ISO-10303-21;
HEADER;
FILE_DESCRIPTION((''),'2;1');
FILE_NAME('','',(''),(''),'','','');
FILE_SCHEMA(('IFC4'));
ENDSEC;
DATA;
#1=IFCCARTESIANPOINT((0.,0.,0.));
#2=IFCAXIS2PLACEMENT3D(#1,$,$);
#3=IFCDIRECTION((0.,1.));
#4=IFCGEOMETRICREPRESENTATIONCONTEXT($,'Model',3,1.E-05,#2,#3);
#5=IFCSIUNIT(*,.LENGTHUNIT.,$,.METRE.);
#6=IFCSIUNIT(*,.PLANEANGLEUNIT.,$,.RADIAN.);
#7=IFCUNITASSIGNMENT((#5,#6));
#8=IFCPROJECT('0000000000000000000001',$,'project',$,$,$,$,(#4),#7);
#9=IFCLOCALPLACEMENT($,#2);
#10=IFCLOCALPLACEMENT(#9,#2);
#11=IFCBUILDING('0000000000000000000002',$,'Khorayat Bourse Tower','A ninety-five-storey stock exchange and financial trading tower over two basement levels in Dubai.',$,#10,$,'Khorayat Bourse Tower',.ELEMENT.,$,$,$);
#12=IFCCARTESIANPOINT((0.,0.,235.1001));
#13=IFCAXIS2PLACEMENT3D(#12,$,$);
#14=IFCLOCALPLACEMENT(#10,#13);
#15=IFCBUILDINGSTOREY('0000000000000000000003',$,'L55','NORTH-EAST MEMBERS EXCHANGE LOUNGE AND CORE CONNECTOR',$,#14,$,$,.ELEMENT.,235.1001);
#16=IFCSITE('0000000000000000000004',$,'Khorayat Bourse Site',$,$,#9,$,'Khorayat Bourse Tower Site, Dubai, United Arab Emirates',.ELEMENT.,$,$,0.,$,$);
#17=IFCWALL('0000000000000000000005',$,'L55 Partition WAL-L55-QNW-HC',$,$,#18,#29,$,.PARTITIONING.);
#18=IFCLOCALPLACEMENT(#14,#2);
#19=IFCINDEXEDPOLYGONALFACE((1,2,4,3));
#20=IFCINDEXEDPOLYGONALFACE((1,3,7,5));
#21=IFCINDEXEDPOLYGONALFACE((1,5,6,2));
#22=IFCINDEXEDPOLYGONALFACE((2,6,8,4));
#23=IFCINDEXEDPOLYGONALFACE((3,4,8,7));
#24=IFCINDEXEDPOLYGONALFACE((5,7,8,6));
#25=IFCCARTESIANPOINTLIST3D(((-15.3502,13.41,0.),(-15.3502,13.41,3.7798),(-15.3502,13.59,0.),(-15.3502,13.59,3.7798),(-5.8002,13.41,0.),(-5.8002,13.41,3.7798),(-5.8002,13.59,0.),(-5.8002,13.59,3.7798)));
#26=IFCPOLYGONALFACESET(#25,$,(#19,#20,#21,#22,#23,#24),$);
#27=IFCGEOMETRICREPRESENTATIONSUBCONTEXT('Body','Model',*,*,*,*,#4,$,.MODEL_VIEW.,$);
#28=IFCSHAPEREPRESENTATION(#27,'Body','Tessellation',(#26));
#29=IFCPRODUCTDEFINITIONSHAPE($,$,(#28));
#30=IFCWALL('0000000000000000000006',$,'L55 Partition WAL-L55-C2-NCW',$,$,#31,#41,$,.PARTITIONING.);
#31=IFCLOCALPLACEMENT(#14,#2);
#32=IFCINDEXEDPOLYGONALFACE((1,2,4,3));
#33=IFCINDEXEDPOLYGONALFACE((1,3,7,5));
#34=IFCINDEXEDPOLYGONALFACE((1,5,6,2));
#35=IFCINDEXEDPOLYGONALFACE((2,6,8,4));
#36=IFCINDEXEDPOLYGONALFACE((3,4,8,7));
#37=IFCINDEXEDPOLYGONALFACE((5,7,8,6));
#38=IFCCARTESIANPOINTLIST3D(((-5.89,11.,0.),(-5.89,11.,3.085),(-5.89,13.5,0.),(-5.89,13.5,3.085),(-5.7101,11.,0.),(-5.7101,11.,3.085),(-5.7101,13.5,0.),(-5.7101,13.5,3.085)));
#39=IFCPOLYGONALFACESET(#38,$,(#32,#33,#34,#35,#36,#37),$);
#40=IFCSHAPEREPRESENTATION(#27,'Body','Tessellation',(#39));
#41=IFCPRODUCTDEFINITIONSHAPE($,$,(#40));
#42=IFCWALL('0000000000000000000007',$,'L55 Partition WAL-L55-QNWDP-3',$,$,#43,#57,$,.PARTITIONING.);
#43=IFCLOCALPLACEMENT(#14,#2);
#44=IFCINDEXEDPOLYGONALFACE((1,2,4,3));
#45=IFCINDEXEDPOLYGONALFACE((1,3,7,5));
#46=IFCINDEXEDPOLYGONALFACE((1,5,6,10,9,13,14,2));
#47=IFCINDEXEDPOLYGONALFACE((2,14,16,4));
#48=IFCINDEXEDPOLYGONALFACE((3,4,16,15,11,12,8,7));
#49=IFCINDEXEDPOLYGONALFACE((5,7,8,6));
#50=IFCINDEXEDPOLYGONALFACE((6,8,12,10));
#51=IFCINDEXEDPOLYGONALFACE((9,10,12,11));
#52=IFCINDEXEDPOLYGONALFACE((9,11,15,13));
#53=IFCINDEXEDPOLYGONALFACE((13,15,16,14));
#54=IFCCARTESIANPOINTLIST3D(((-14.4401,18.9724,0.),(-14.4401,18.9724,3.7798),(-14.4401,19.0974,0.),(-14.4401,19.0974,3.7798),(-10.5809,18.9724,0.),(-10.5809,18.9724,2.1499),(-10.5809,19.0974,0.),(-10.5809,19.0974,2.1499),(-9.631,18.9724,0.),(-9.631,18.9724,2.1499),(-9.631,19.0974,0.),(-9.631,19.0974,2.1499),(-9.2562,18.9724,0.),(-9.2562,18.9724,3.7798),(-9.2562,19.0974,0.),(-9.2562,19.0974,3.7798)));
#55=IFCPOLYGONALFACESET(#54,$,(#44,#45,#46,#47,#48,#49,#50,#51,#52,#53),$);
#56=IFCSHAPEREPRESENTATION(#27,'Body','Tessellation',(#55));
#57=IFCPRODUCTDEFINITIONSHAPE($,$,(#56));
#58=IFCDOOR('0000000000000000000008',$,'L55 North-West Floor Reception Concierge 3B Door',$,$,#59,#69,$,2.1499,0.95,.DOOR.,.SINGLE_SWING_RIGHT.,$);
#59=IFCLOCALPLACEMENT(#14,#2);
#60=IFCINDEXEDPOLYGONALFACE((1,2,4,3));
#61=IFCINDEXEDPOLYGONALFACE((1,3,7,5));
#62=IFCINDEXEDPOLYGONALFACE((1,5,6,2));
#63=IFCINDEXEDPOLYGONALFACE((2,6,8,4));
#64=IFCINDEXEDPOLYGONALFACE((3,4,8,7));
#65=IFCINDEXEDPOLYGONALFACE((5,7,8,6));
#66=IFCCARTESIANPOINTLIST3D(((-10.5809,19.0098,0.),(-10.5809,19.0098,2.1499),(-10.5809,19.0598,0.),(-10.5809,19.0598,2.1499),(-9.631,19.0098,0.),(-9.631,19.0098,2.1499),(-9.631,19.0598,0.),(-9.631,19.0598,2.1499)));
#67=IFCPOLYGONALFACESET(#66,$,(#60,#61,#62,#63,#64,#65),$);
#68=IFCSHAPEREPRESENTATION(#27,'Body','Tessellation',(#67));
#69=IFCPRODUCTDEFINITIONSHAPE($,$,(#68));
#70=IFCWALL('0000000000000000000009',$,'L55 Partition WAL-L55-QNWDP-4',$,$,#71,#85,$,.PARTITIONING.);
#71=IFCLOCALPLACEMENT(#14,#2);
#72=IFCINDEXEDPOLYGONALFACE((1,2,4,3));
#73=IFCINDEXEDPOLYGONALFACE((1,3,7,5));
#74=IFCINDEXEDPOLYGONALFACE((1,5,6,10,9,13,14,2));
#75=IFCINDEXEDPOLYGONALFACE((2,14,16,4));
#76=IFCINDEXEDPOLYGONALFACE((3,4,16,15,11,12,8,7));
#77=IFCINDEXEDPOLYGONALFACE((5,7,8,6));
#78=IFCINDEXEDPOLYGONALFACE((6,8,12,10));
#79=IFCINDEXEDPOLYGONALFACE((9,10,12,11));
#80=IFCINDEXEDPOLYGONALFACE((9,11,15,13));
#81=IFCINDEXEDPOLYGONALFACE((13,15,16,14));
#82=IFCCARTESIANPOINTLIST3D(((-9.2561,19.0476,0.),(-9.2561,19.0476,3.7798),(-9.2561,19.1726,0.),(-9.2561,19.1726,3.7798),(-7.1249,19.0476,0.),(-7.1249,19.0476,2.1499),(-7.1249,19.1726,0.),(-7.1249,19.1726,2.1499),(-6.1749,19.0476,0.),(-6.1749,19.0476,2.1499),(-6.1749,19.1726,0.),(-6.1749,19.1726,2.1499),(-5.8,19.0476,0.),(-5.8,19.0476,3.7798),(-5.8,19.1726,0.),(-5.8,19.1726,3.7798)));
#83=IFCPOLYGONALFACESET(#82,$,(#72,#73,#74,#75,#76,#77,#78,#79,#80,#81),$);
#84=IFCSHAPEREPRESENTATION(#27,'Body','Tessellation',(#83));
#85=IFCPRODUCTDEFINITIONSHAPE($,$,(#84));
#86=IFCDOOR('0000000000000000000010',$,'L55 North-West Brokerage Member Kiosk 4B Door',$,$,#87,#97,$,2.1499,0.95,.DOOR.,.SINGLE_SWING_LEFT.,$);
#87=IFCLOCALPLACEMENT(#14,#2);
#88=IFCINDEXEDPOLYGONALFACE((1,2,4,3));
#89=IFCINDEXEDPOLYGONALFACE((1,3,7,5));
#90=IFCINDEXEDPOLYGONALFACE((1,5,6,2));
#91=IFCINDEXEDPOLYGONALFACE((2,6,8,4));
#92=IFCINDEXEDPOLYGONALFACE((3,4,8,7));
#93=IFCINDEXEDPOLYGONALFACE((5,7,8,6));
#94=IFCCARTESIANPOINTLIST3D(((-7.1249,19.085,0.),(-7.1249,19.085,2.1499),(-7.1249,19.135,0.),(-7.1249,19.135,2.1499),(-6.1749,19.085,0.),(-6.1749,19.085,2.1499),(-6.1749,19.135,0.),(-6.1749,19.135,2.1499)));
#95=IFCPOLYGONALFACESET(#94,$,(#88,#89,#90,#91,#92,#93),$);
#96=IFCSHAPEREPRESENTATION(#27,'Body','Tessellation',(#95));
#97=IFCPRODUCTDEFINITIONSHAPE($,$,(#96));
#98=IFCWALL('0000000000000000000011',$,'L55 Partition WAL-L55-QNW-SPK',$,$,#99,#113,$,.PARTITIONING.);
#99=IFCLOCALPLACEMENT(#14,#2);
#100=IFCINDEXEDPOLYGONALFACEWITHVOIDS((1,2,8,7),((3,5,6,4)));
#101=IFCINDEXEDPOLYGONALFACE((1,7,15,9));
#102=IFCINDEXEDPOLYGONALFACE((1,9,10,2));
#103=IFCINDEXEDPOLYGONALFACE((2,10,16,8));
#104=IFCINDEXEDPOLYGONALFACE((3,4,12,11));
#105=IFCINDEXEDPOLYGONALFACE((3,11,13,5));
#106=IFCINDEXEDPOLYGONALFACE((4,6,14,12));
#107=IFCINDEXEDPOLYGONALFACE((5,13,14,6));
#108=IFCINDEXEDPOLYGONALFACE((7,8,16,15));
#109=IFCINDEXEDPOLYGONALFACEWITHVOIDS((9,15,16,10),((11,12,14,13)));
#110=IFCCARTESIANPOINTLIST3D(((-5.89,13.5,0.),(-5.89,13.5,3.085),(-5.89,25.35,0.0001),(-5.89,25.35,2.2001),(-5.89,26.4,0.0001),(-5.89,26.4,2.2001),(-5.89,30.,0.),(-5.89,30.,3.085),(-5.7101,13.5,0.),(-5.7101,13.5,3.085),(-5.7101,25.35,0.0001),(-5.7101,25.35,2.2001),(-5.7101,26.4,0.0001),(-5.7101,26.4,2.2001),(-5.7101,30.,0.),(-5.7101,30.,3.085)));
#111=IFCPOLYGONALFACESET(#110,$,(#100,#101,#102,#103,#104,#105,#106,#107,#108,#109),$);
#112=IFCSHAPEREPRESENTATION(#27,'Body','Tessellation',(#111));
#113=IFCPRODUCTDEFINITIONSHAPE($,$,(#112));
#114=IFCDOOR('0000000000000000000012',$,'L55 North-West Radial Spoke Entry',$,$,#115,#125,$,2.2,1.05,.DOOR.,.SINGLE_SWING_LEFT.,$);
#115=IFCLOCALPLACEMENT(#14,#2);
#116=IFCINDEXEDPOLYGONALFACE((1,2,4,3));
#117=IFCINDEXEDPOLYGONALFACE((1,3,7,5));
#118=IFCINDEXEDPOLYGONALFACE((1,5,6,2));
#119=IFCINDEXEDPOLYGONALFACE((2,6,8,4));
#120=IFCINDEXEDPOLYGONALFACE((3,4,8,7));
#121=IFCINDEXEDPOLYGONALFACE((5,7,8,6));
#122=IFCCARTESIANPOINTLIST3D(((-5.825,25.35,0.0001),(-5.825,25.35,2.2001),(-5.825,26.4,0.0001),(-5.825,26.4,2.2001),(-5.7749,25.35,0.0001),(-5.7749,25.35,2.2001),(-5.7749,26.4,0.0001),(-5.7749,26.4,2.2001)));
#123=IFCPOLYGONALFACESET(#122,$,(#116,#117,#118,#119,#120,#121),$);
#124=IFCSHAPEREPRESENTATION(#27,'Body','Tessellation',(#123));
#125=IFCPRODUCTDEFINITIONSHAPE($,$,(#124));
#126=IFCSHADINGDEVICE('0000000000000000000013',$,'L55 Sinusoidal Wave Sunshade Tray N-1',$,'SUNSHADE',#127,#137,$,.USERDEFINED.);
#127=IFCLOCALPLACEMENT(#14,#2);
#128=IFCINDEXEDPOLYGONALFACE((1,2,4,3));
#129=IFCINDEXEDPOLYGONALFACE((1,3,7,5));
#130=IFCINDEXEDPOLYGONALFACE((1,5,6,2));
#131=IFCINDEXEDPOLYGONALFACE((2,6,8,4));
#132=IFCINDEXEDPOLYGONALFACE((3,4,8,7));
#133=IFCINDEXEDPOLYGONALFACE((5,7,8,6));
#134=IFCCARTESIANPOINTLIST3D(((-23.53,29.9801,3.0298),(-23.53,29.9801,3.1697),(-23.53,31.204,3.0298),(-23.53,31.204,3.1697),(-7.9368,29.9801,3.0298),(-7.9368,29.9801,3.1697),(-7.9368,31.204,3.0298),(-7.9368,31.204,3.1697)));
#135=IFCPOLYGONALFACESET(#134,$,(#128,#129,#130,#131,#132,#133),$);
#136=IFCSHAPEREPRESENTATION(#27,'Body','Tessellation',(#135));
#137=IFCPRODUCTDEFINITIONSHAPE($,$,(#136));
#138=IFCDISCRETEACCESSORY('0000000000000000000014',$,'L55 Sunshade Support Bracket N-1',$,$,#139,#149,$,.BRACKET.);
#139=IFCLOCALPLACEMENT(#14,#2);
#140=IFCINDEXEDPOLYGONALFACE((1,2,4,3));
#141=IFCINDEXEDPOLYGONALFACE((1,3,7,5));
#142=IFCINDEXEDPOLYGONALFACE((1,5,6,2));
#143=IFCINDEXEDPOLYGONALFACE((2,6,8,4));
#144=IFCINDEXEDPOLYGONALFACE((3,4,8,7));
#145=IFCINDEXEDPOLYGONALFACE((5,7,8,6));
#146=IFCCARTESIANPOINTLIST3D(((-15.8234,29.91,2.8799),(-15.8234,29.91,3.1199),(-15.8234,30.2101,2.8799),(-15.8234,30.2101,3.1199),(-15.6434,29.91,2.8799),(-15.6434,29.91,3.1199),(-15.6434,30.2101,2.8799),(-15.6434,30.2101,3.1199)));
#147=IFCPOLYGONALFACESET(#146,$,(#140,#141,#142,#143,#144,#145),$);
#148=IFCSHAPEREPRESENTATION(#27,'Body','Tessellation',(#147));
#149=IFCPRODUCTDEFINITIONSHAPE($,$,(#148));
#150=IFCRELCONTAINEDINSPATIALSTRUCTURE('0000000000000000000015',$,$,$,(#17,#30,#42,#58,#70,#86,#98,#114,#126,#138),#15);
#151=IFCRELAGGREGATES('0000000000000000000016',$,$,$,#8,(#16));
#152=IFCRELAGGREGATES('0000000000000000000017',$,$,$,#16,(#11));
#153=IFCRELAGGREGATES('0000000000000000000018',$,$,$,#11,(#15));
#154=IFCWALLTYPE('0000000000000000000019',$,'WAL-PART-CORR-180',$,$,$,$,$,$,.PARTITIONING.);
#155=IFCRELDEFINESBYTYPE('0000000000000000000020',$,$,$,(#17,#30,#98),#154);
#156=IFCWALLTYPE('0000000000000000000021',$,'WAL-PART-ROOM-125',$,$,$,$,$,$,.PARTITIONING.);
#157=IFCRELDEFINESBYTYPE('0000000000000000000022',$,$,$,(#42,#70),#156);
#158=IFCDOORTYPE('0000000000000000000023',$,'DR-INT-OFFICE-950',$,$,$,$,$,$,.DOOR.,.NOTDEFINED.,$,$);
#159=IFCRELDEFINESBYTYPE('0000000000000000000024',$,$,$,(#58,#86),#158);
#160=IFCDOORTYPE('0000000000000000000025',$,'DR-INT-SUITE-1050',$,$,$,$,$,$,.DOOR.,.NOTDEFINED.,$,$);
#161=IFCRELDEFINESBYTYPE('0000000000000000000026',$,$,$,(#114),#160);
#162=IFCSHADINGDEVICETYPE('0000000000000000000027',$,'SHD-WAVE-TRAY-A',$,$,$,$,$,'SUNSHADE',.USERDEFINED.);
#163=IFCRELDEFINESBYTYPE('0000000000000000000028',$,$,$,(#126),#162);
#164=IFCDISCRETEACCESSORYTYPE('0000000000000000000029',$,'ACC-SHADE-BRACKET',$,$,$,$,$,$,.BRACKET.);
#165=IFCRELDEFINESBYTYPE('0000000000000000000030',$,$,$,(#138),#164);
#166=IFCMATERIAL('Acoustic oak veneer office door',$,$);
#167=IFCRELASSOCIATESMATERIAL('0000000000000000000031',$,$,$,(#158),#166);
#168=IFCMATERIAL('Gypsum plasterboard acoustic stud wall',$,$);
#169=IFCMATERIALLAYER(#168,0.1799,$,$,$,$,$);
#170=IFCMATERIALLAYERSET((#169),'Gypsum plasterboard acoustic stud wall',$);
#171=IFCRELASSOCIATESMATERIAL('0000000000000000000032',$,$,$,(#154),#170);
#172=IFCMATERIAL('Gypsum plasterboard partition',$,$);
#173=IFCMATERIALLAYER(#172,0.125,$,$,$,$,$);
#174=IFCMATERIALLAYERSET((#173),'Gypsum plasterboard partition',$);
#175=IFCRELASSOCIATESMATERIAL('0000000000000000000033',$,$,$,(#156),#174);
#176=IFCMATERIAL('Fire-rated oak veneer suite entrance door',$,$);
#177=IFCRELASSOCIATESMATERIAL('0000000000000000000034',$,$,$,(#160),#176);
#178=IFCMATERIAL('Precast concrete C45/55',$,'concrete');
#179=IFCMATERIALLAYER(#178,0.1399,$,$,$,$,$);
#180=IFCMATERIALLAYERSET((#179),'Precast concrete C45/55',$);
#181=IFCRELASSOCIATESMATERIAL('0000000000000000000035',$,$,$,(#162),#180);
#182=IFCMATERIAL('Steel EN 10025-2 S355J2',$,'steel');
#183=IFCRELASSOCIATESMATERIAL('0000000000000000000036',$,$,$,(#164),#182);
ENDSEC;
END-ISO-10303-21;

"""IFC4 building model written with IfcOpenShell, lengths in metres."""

from ifc_helpers import new_model, si_unit, direction, frame, frame_2d, origin, origin_2d, place, context, subcontext, project, spatial, rectangle, extrude, source, transform, mapped, material, layer, layer_set, type_object, element, fill, save


model = new_model("IFC4")

# Units and contexts
model_context = context("Model", 3, precision=1e-05, world=origin(), true_north=direction((0.0, 1.0)))
body_context = subcontext(model_context, "Body", "Model", "MODEL_VIEW")
ifc_project = project(units=[si_unit("LENGTHUNIT", "METRE"), si_unit("PLANEANGLEUNIT", "RADIAN")], contexts=[model_context])

# Site, building, storey
site_placement = place(None, origin())
site = spatial("IfcSite", under=ifc_project, at=site_placement, Name="Khorayat Bourse Site", LongName="Khorayat Bourse Tower Site, Dubai, United Arab Emirates", CompositionType="ELEMENT", RefElevation=0.0)
building_placement = place(site_placement, origin())
building = spatial("IfcBuilding", under=site, at=building_placement, Name="Khorayat Bourse Tower", Description="A ninety-five-storey stock exchange and financial trading tower over two basement levels in Dubai.", LongName="Khorayat Bourse Tower", CompositionType="ELEMENT")
storey_placement = place(building_placement, frame((0.0, 0.0, 235.1001)))
storey = spatial("IfcBuildingStorey", under=building, at=storey_placement, Name="L55", Description="NORTH-EAST MEMBERS EXCHANGE LOUNGE AND CORE CONNECTOR", CompositionType="ELEMENT", Elevation=235.1001)

# Shared definitions
ifc_material_1 = material(Name="Steel EN 10025-2 S355J2", Category="steel")

# Shared definitions
ifc_material_2 = material(Name="Acoustic oak veneer office door")
door_type_1 = type_object("IfcDoorType", Name="DR-INT-OFFICE-950", OperationType="NOTDEFINED", PredefinedType="DOOR", material=ifc_material_2)
shared_shape_1 = source(origin(), body_context, "Body", "SweptSolid", [
    extrude(rectangle(XDim=0.95, YDim=2.1499, at=frame_2d((0.4751, 1.075))), frame((0.0, 0.0249, 0.0), z_axis=(0.0, -1.0, 0.0), x_axis=(1.0, 0.0, 0.0)), (0.0, 0.0, 1.0), 0.05),
])

# Walls
ifc_material_3 = material(Name="Gypsum plasterboard acoustic stud wall")
ifc_layer_1 = layer(ifc_material_3, 0.1799)
ifc_layer_set_1 = layer_set([ifc_layer_1], Name="Gypsum plasterboard acoustic stud wall")
wall_type_1 = type_object("IfcWallType", Name="WAL-PART-CORR-180", PredefinedType="PARTITIONING", material=ifc_layer_set_1)
shared_shape_2 = source(origin(), body_context, "Body", "SweptSolid", [
    extrude(rectangle(XDim=9.55, YDim=0.1799, at=frame_2d((4.7749, 0.0))), origin(), (0.0, 0.0, 1.0), 3.7798),
])
wall_1_placement = place(storey_placement, frame((-15.3501, 13.5, 0.0), z_axis=(0.0, 0.0, 1.0), x_axis=(1.0, 0.0, 0.0)))
element("IfcWall", 1, at=wall_1_placement, inside=storey, type_object=wall_type_1, Name="L55 Partition WAL-L55-QNW-HC", PredefinedType="PARTITIONING", context=body_context, shape_type="MappedRepresentation", body=[
    mapped(shared_shape_2, transform((0.0, 0.0, 0.0), scale=1.0)),
])
shared_shape_3 = source(origin(), body_context, "Body", "SweptSolid", [
    extrude(rectangle(XDim=2.5, YDim=0.1799, at=frame_2d((1.25, 0.0))), origin(), (0.0, 0.0, 1.0), 3.085),
])
wall_2_placement = place(storey_placement, frame((-5.8, 11.0, 0.0), z_axis=(0.0, 0.0, 1.0), x_axis=(0.0, 1.0, 0.0)))
element("IfcWall", 2, at=wall_2_placement, inside=storey, type_object=wall_type_1, Name="L55 Partition WAL-L55-C2-NCW", PredefinedType="PARTITIONING", context=body_context, shape_type="MappedRepresentation", body=[
    mapped(shared_shape_3, transform((0.0, 0.0, 0.0), scale=1.0)),
])

# Walls, openings, doors
ifc_material_4 = material(Name="Gypsum plasterboard partition")
ifc_layer_2 = layer(ifc_material_4, 0.125)
ifc_layer_set_2 = layer_set([ifc_layer_2], Name="Gypsum plasterboard partition")
wall_type_2 = type_object("IfcWallType", Name="WAL-PART-ROOM-125", PredefinedType="PARTITIONING", material=ifc_layer_set_2)
shared_shape_4 = source(origin(), body_context, "Body", "SweptSolid", [
    extrude(rectangle(XDim=5.1838, YDim=0.125, at=frame_2d((2.5918, 0.0))), origin(), (0.0, 0.0, 1.0), 3.7798),
])
wall_3_placement = place(storey_placement, frame((-14.4399, 19.0349, 0.0), z_axis=(0.0, 0.0, 1.0), x_axis=(1.0, 0.0, 0.0)))
wall_3 = element("IfcWall", 3, at=wall_3_placement, inside=storey, type_object=wall_type_2, Name="L55 Partition WAL-L55-QNWDP-3", PredefinedType="PARTITIONING", context=body_context, shape_type="MappedRepresentation", body=[
    mapped(shared_shape_4, transform((0.0, 0.0, 0.0), scale=1.0)),
])
shared_shape_5 = source(origin(), body_context, "Body", "SweptSolid", [
    extrude(rectangle(XDim=0.95, YDim=2.1499, at=frame_2d((0.4751, 1.075))), frame((0.0, 0.0725, 0.0), z_axis=(0.0, -1.0, 0.0), x_axis=(1.0, 0.0, 0.0)), (0.0, 0.0, 1.0), 0.145),
])
opening_1_placement = place(wall_3_placement, frame((3.8589, 0.0, 0.0)))
opening_1 = element("IfcOpeningElement", 4, at=opening_1_placement, cuts=wall_3, PredefinedType="OPENING", context=body_context, shape_type="MappedRepresentation", body=[
    mapped(shared_shape_5, transform((0.0, 0.0, 0.0), scale=1.0)),
])
door_1_placement = place(opening_1_placement, origin())
door_1 = element("IfcDoor", 5, at=door_1_placement, inside=storey, type_object=door_type_1, Name="L55 North-West Floor Reception Concierge 3B Door", OperationType="SINGLE_SWING_RIGHT", OverallHeight=2.1499, OverallWidth=0.95, PredefinedType="DOOR", context=body_context, shape_type="MappedRepresentation", body=[
    mapped(shared_shape_1, transform((0.0, 0.0, 0.0), scale=1.0)),
])
fill(opening_1, door_1)
shared_shape_6 = source(origin(), body_context, "Body", "SweptSolid", [
    extrude(rectangle(XDim=3.4561, YDim=0.125, at=frame_2d((1.728, 0.0))), origin(), (0.0, 0.0, 1.0), 3.7798),
])
wall_4_placement = place(storey_placement, frame((-9.2561, 19.1101, 0.0), z_axis=(0.0, 0.0, 1.0), x_axis=(1.0, 0.0, 0.0)))
wall_4 = element("IfcWall", 6, at=wall_4_placement, inside=storey, type_object=wall_type_2, Name="L55 Partition WAL-L55-QNWDP-4", PredefinedType="PARTITIONING", context=body_context, shape_type="MappedRepresentation", body=[
    mapped(shared_shape_6, transform((0.0, 0.0, 0.0), scale=1.0)),
])
opening_2_placement = place(wall_4_placement, frame((2.1311, 0.0, 0.0)))
opening_2 = element("IfcOpeningElement", 7, at=opening_2_placement, cuts=wall_4, PredefinedType="OPENING", context=body_context, shape_type="MappedRepresentation", body=[
    mapped(shared_shape_5, transform((0.0, 0.0, 0.0), scale=1.0)),
])
door_2_placement = place(opening_2_placement, origin())
door_2 = element("IfcDoor", 8, at=door_2_placement, inside=storey, type_object=door_type_1, Name="L55 North-West Brokerage Member Kiosk 4B Door", OperationType="SINGLE_SWING_LEFT", OverallHeight=2.1499, OverallWidth=0.95, PredefinedType="DOOR", context=body_context, shape_type="MappedRepresentation", body=[
    mapped(shared_shape_1, transform((0.0, 0.0, 0.0), scale=1.0)),
])
fill(opening_2, door_2)
shared_shape_7 = source(origin(), body_context, "Body", "SweptSolid", [
    extrude(rectangle(XDim=16.5, YDim=0.1799, at=frame_2d((8.25, 0.0))), origin(), (0.0, 0.0, 1.0), 3.085),
])
wall_5_placement = place(storey_placement, frame((-5.8, 13.5, 0.0), z_axis=(0.0, 0.0, 1.0), x_axis=(0.0, 1.0, 0.0)))
wall_5 = element("IfcWall", 9, at=wall_5_placement, inside=storey, type_object=wall_type_1, Name="L55 Partition WAL-L55-QNW-SPK", PredefinedType="PARTITIONING", context=body_context, shape_type="MappedRepresentation", body=[
    mapped(shared_shape_7, transform((0.0, 0.0, 0.0), scale=1.0)),
])
shared_shape_8 = source(origin(), body_context, "Body", "SweptSolid", [
    extrude(rectangle(XDim=1.05, YDim=2.2, at=frame_2d((0.5249, 1.1001))), frame((0.0, 0.0999, 0.0), z_axis=(0.0, -1.0, 0.0), x_axis=(1.0, 0.0, 0.0)), (0.0, 0.0, 1.0), 0.2),
])
opening_3_placement = place(wall_5_placement, frame((11.8501, 0.0, 0.0)))
opening_3 = element("IfcOpeningElement", 10, at=opening_3_placement, cuts=wall_5, PredefinedType="OPENING", context=body_context, shape_type="MappedRepresentation", body=[
    mapped(shared_shape_8, transform((0.0, 0.0, 0.0), scale=1.0)),
])
ifc_material_5 = material(Name="Fire-rated oak veneer suite entrance door")
door_type_2 = type_object("IfcDoorType", Name="DR-INT-SUITE-1050", OperationType="NOTDEFINED", PredefinedType="DOOR", material=ifc_material_5)
shared_shape_9 = source(origin(), body_context, "Body", "SweptSolid", [
    extrude(rectangle(XDim=1.05, YDim=2.2, at=frame_2d((0.5249, 1.1001))), frame((0.0, 0.0249, 0.0), z_axis=(0.0, -1.0, 0.0), x_axis=(1.0, 0.0, 0.0)), (0.0, 0.0, 1.0), 0.05),
])
door_3_placement = place(opening_3_placement, origin())
door_3 = element("IfcDoor", 11, at=door_3_placement, inside=storey, type_object=door_type_2, Name="L55 North-West Radial Spoke Entry", OperationType="SINGLE_SWING_LEFT", OverallHeight=2.2, OverallWidth=1.05, PredefinedType="DOOR", context=body_context, shape_type="MappedRepresentation", body=[
    mapped(shared_shape_9, transform((0.0, 0.0, 0.0), scale=1.0)),
])
fill(opening_3, door_3)

# Shading device
ifc_material_6 = material(Name="Precast concrete C45/55", Category="concrete")
ifc_layer_3 = layer(ifc_material_6, 0.1399)
ifc_layer_set_3 = layer_set([ifc_layer_3], Name="Precast concrete C45/55")
shading_device_type = type_object("IfcShadingDeviceType", Name="SHD-WAVE-TRAY-A", ElementType="SUNSHADE", PredefinedType="USERDEFINED", material=ifc_layer_set_3)
shared_shape_10 = source(origin(), body_context, "Body", "SweptSolid", [
    extrude(rectangle(XDim=15.5933, YDim=1.2239, at=origin_2d()), origin(), (0.0, 0.0, 1.0), 0.1399),
])
shading_device_placement = place(storey_placement, frame((-15.7334, 30.592, 3.0298), z_axis=(0.0, 0.0, 1.0), x_axis=(1.0, 0.0, 0.0)))
element("IfcShadingDevice", 12, at=shading_device_placement, inside=storey, type_object=shading_device_type, Name="L55 Sinusoidal Wave Sunshade Tray N-1", ObjectType="SUNSHADE", PredefinedType="USERDEFINED", context=body_context, shape_type="MappedRepresentation", body=[
    mapped(shared_shape_10, transform((0.0, 0.0, 0.0), scale=1.0)),
])

# Discrete accessory
discrete_accessory_type = type_object("IfcDiscreteAccessoryType", Name="ACC-SHADE-BRACKET", PredefinedType="BRACKET", material=ifc_material_1)
shared_shape_11 = source(origin(), body_context, "Body", "SweptSolid", [
    extrude(rectangle(XDim=0.1799, YDim=0.3, at=origin_2d()), origin(), (0.0, 0.0, 1.0), 0.24),
])
discrete_accessory_placement = place(storey_placement, frame((-15.7334, 30.0601, 2.8799), z_axis=(0.0, 0.0, 1.0), x_axis=(1.0, 0.0, 0.0)))
element("IfcDiscreteAccessory", 13, at=discrete_accessory_placement, inside=storey, type_object=discrete_accessory_type, Name="L55 Sunshade Support Bracket N-1", PredefinedType="BRACKET", context=body_context, shape_type="MappedRepresentation", body=[
    mapped(shared_shape_11, transform((0.0, 0.0, 0.0), scale=1.0)),
])

save(model, "model.ifc")
